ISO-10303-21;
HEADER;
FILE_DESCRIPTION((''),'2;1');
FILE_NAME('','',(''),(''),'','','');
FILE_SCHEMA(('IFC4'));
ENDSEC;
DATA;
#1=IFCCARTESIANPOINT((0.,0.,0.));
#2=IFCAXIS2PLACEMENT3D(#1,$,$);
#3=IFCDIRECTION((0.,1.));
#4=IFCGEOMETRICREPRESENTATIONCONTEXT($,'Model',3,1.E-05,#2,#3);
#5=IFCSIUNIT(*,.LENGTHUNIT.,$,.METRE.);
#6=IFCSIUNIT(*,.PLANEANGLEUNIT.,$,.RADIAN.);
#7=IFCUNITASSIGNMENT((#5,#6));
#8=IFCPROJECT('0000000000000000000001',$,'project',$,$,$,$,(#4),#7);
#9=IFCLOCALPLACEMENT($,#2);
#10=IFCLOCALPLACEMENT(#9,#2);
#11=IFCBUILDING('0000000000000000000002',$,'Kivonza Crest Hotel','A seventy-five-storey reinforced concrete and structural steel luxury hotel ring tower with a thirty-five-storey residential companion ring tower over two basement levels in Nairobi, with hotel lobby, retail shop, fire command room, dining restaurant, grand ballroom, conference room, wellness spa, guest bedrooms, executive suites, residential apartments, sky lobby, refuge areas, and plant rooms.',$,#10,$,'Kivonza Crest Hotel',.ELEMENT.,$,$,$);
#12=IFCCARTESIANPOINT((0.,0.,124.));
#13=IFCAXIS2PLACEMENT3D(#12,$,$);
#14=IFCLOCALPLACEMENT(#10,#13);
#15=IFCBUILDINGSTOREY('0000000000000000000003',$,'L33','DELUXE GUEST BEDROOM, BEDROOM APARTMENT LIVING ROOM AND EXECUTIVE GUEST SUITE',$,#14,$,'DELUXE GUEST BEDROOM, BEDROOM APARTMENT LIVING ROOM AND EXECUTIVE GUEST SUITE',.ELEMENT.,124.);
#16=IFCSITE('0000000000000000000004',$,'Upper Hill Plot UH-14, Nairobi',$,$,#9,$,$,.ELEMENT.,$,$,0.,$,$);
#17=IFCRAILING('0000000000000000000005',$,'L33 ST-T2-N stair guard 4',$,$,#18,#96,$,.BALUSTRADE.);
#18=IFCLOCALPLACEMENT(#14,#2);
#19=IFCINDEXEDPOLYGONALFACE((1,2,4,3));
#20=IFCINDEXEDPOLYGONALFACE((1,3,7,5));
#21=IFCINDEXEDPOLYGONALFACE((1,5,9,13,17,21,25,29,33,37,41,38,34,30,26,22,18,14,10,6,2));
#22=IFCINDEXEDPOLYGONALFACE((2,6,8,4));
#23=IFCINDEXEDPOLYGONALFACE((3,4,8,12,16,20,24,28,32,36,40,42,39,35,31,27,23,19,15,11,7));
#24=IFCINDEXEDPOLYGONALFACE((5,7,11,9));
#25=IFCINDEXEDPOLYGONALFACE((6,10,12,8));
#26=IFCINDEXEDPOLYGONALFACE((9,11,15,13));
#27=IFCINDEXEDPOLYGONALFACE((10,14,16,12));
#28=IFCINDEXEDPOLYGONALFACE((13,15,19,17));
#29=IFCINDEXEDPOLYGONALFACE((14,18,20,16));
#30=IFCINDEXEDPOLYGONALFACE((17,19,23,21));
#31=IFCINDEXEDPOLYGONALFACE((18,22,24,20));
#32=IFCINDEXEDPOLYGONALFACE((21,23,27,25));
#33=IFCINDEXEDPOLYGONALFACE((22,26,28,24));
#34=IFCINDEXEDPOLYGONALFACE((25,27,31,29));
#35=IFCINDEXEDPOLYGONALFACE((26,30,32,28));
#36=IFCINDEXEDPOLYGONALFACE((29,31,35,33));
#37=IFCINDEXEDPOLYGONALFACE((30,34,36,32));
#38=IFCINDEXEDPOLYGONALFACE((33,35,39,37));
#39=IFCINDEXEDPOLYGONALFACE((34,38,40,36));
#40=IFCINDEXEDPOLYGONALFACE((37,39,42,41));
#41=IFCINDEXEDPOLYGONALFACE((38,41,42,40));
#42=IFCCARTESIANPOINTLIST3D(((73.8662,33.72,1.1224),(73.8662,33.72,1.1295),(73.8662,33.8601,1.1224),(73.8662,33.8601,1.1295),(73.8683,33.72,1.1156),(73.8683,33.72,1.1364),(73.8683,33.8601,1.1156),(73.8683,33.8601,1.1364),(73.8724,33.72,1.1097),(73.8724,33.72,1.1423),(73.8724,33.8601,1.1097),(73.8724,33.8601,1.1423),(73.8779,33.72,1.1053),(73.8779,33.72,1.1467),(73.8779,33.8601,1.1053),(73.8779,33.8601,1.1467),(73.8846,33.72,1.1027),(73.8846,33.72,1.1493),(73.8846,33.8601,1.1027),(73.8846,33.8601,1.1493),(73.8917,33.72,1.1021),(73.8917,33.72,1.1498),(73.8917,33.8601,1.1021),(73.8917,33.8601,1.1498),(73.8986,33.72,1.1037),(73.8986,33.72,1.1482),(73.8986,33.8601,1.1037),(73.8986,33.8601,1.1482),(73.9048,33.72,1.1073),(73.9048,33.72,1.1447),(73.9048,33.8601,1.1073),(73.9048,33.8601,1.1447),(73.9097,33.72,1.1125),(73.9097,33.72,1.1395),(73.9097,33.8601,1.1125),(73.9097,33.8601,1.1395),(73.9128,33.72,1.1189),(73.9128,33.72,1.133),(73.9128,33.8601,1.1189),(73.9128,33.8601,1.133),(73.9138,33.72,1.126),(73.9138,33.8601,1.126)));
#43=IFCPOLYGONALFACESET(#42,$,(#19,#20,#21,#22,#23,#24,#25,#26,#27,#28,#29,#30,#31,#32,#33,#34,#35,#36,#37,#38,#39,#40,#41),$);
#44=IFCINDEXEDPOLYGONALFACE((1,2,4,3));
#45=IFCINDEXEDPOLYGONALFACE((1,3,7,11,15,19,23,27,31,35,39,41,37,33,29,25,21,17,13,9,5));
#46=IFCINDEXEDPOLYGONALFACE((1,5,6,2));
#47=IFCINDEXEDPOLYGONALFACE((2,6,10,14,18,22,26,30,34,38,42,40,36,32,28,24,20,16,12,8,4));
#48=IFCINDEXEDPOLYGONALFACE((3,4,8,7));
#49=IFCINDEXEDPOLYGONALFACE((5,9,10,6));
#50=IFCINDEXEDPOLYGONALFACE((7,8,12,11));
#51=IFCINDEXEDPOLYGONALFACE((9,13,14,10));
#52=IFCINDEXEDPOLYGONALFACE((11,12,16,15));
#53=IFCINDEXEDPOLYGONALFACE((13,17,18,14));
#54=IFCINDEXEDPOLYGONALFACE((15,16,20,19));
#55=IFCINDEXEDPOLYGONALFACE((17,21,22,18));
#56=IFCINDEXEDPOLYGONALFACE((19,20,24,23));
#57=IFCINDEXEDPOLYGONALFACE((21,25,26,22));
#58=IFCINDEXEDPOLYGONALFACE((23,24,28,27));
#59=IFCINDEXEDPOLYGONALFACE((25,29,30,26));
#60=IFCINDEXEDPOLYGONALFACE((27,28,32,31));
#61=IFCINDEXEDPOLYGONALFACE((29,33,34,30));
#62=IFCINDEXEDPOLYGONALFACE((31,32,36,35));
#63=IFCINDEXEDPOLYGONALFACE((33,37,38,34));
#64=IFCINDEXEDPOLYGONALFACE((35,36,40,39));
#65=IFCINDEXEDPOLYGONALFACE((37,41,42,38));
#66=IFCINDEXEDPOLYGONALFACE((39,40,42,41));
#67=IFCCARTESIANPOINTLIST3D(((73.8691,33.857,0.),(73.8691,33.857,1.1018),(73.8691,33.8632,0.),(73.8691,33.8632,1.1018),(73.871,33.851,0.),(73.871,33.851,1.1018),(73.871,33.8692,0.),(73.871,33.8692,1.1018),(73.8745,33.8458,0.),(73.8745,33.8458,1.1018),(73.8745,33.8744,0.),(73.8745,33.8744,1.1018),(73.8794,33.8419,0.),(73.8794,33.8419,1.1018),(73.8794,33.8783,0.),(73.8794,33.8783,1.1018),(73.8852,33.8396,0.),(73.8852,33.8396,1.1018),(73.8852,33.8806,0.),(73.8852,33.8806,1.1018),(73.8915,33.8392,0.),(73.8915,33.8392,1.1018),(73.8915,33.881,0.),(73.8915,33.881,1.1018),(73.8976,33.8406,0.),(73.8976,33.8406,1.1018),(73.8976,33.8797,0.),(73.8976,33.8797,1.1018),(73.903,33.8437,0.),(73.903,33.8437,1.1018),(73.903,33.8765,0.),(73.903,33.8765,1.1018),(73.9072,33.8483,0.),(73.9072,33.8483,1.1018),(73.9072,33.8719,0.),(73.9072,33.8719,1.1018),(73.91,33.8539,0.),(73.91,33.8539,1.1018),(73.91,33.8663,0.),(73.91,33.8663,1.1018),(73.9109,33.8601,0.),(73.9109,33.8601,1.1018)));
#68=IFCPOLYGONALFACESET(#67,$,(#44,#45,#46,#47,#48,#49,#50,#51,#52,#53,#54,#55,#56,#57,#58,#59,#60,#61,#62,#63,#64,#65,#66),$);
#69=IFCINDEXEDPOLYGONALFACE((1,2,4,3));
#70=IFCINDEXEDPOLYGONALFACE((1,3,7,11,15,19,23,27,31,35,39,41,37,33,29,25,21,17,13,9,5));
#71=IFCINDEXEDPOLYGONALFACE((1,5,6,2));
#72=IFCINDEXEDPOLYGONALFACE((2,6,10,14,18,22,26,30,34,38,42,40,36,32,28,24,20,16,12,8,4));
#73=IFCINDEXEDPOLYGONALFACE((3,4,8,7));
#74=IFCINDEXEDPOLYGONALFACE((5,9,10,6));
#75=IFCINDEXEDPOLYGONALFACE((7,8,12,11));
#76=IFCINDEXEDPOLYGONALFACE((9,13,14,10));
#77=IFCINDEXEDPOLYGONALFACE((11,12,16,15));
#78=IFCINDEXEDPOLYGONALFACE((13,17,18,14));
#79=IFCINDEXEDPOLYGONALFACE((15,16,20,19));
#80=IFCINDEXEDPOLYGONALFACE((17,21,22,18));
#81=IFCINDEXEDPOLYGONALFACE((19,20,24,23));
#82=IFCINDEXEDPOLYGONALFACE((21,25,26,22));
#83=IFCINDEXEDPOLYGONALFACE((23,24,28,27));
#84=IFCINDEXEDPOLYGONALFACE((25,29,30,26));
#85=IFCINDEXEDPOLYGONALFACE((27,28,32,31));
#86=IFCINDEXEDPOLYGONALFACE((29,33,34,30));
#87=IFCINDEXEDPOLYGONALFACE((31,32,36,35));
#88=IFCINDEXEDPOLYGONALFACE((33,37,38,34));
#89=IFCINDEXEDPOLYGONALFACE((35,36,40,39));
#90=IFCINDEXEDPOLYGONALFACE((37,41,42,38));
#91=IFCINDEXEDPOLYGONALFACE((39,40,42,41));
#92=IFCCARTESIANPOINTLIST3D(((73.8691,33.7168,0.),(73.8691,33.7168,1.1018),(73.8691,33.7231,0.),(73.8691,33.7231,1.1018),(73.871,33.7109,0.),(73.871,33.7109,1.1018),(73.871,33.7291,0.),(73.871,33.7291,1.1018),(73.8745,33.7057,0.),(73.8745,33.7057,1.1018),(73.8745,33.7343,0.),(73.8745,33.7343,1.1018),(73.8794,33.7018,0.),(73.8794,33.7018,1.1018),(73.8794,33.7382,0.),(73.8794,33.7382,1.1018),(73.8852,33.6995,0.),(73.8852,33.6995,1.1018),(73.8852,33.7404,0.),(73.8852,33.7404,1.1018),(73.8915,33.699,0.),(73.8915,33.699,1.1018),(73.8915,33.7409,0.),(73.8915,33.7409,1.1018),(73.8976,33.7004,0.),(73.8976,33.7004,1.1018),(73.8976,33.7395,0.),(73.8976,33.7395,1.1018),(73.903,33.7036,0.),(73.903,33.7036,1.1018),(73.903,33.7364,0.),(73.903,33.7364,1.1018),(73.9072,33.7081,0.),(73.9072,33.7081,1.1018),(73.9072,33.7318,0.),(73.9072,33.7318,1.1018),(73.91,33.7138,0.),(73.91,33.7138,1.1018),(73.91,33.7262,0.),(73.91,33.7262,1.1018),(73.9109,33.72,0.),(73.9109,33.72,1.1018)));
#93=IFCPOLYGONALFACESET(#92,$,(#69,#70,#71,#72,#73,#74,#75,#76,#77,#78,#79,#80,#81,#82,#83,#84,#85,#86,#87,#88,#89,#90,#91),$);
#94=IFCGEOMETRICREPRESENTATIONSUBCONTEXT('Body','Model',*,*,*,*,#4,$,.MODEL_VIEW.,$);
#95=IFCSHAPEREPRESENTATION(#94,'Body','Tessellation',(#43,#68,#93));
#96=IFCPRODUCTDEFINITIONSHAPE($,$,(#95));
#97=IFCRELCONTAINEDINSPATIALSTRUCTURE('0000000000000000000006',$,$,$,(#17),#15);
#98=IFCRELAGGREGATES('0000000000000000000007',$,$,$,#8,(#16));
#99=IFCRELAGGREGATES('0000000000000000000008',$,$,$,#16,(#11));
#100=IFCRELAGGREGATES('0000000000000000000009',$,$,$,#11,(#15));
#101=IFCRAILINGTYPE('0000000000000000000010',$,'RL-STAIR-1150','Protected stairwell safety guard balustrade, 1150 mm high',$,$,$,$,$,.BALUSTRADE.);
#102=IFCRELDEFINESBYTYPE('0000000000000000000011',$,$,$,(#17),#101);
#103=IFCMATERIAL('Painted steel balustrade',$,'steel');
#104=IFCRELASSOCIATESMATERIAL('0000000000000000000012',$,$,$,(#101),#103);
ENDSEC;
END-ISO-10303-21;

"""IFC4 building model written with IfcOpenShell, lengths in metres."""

from ifc_helpers import new_model, si_unit, direction, frame, origin, origin_2d, place, context, subcontext, project, spatial, circle, extrude, material, type_object, element, save


model = new_model("IFC4")

# Units and contexts
model_context = context("Model", 3, precision=1e-05, world=origin(), true_north=direction((0.0, 1.0)))
body_context = subcontext(model_context, "Body", "Model", "MODEL_VIEW")
ifc_project = project(units=[si_unit("LENGTHUNIT", "METRE"), si_unit("PLANEANGLEUNIT", "RADIAN")], contexts=[model_context])

# Site, building, storey
site_placement = place(None, origin())
site = spatial("IfcSite", under=ifc_project, at=site_placement, Name="Upper Hill Plot UH-14, Nairobi", CompositionType="ELEMENT", RefElevation=0.0)
building_placement = place(site_placement, origin())
building = spatial("IfcBuilding", under=site, at=building_placement, Name="Kivonza Crest Hotel", Description="A seventy-five-storey reinforced concrete and structural steel luxury hotel ring tower with a thirty-five-storey residential companion ring tower over two basement levels in Nairobi, with hotel lobby, retail shop, fire command room, dining restaurant, grand ballroom, conference room, wellness spa, guest bedrooms, executive suites, residential apartments, sky lobby, refuge areas, and plant rooms.", LongName="Kivonza Crest Hotel", CompositionType="ELEMENT")
storey_placement = place(building_placement, frame((0.0, 0.0, 124.0)))
storey = spatial("IfcBuildingStorey", under=building, at=storey_placement, Name="L33", Description="DELUXE GUEST BEDROOM, BEDROOM APARTMENT LIVING ROOM AND EXECUTIVE GUEST SUITE", LongName="DELUXE GUEST BEDROOM, BEDROOM APARTMENT LIVING ROOM AND EXECUTIVE GUEST SUITE", CompositionType="ELEMENT", Elevation=124.0)

# Railing
ifc_material_1 = material(Name="Painted steel balustrade", Category="steel")
railing_type = type_object("IfcRailingType", Name="RL-STAIR-1150", Description="Protected stairwell safety guard balustrade, 1150 mm high", PredefinedType="BALUSTRADE", material=ifc_material_1)
railing_1_placement = place(storey_placement, frame((73.8899, 33.8601, 0.0)))
element("IfcRailing", 1, at=railing_1_placement, inside=storey, type_object=railing_type, Name="L33 ST-T2-N stair guard 4", PredefinedType="BALUSTRADE", context=body_context, shape_type="SweptSolid", body=[
    extrude(circle(Radius=0.0239, at=origin_2d()), frame((0.0, 0.0, 1.126), z_axis=(0.0, -1.0, 0.0), x_axis=(1.0, 0.0, 0.0)), (0.0, 0.0, 1.0), 0.1401),
    extrude(circle(Radius=0.021, at=origin_2d()), origin(), (0.0, 0.0, 1.0), 1.1018),
    extrude(circle(Radius=0.021, at=origin_2d()), frame((0.0, -0.1401, 0.0)), (0.0, 0.0, 1.0), 1.1018),
])

save(model, "model.ifc")
